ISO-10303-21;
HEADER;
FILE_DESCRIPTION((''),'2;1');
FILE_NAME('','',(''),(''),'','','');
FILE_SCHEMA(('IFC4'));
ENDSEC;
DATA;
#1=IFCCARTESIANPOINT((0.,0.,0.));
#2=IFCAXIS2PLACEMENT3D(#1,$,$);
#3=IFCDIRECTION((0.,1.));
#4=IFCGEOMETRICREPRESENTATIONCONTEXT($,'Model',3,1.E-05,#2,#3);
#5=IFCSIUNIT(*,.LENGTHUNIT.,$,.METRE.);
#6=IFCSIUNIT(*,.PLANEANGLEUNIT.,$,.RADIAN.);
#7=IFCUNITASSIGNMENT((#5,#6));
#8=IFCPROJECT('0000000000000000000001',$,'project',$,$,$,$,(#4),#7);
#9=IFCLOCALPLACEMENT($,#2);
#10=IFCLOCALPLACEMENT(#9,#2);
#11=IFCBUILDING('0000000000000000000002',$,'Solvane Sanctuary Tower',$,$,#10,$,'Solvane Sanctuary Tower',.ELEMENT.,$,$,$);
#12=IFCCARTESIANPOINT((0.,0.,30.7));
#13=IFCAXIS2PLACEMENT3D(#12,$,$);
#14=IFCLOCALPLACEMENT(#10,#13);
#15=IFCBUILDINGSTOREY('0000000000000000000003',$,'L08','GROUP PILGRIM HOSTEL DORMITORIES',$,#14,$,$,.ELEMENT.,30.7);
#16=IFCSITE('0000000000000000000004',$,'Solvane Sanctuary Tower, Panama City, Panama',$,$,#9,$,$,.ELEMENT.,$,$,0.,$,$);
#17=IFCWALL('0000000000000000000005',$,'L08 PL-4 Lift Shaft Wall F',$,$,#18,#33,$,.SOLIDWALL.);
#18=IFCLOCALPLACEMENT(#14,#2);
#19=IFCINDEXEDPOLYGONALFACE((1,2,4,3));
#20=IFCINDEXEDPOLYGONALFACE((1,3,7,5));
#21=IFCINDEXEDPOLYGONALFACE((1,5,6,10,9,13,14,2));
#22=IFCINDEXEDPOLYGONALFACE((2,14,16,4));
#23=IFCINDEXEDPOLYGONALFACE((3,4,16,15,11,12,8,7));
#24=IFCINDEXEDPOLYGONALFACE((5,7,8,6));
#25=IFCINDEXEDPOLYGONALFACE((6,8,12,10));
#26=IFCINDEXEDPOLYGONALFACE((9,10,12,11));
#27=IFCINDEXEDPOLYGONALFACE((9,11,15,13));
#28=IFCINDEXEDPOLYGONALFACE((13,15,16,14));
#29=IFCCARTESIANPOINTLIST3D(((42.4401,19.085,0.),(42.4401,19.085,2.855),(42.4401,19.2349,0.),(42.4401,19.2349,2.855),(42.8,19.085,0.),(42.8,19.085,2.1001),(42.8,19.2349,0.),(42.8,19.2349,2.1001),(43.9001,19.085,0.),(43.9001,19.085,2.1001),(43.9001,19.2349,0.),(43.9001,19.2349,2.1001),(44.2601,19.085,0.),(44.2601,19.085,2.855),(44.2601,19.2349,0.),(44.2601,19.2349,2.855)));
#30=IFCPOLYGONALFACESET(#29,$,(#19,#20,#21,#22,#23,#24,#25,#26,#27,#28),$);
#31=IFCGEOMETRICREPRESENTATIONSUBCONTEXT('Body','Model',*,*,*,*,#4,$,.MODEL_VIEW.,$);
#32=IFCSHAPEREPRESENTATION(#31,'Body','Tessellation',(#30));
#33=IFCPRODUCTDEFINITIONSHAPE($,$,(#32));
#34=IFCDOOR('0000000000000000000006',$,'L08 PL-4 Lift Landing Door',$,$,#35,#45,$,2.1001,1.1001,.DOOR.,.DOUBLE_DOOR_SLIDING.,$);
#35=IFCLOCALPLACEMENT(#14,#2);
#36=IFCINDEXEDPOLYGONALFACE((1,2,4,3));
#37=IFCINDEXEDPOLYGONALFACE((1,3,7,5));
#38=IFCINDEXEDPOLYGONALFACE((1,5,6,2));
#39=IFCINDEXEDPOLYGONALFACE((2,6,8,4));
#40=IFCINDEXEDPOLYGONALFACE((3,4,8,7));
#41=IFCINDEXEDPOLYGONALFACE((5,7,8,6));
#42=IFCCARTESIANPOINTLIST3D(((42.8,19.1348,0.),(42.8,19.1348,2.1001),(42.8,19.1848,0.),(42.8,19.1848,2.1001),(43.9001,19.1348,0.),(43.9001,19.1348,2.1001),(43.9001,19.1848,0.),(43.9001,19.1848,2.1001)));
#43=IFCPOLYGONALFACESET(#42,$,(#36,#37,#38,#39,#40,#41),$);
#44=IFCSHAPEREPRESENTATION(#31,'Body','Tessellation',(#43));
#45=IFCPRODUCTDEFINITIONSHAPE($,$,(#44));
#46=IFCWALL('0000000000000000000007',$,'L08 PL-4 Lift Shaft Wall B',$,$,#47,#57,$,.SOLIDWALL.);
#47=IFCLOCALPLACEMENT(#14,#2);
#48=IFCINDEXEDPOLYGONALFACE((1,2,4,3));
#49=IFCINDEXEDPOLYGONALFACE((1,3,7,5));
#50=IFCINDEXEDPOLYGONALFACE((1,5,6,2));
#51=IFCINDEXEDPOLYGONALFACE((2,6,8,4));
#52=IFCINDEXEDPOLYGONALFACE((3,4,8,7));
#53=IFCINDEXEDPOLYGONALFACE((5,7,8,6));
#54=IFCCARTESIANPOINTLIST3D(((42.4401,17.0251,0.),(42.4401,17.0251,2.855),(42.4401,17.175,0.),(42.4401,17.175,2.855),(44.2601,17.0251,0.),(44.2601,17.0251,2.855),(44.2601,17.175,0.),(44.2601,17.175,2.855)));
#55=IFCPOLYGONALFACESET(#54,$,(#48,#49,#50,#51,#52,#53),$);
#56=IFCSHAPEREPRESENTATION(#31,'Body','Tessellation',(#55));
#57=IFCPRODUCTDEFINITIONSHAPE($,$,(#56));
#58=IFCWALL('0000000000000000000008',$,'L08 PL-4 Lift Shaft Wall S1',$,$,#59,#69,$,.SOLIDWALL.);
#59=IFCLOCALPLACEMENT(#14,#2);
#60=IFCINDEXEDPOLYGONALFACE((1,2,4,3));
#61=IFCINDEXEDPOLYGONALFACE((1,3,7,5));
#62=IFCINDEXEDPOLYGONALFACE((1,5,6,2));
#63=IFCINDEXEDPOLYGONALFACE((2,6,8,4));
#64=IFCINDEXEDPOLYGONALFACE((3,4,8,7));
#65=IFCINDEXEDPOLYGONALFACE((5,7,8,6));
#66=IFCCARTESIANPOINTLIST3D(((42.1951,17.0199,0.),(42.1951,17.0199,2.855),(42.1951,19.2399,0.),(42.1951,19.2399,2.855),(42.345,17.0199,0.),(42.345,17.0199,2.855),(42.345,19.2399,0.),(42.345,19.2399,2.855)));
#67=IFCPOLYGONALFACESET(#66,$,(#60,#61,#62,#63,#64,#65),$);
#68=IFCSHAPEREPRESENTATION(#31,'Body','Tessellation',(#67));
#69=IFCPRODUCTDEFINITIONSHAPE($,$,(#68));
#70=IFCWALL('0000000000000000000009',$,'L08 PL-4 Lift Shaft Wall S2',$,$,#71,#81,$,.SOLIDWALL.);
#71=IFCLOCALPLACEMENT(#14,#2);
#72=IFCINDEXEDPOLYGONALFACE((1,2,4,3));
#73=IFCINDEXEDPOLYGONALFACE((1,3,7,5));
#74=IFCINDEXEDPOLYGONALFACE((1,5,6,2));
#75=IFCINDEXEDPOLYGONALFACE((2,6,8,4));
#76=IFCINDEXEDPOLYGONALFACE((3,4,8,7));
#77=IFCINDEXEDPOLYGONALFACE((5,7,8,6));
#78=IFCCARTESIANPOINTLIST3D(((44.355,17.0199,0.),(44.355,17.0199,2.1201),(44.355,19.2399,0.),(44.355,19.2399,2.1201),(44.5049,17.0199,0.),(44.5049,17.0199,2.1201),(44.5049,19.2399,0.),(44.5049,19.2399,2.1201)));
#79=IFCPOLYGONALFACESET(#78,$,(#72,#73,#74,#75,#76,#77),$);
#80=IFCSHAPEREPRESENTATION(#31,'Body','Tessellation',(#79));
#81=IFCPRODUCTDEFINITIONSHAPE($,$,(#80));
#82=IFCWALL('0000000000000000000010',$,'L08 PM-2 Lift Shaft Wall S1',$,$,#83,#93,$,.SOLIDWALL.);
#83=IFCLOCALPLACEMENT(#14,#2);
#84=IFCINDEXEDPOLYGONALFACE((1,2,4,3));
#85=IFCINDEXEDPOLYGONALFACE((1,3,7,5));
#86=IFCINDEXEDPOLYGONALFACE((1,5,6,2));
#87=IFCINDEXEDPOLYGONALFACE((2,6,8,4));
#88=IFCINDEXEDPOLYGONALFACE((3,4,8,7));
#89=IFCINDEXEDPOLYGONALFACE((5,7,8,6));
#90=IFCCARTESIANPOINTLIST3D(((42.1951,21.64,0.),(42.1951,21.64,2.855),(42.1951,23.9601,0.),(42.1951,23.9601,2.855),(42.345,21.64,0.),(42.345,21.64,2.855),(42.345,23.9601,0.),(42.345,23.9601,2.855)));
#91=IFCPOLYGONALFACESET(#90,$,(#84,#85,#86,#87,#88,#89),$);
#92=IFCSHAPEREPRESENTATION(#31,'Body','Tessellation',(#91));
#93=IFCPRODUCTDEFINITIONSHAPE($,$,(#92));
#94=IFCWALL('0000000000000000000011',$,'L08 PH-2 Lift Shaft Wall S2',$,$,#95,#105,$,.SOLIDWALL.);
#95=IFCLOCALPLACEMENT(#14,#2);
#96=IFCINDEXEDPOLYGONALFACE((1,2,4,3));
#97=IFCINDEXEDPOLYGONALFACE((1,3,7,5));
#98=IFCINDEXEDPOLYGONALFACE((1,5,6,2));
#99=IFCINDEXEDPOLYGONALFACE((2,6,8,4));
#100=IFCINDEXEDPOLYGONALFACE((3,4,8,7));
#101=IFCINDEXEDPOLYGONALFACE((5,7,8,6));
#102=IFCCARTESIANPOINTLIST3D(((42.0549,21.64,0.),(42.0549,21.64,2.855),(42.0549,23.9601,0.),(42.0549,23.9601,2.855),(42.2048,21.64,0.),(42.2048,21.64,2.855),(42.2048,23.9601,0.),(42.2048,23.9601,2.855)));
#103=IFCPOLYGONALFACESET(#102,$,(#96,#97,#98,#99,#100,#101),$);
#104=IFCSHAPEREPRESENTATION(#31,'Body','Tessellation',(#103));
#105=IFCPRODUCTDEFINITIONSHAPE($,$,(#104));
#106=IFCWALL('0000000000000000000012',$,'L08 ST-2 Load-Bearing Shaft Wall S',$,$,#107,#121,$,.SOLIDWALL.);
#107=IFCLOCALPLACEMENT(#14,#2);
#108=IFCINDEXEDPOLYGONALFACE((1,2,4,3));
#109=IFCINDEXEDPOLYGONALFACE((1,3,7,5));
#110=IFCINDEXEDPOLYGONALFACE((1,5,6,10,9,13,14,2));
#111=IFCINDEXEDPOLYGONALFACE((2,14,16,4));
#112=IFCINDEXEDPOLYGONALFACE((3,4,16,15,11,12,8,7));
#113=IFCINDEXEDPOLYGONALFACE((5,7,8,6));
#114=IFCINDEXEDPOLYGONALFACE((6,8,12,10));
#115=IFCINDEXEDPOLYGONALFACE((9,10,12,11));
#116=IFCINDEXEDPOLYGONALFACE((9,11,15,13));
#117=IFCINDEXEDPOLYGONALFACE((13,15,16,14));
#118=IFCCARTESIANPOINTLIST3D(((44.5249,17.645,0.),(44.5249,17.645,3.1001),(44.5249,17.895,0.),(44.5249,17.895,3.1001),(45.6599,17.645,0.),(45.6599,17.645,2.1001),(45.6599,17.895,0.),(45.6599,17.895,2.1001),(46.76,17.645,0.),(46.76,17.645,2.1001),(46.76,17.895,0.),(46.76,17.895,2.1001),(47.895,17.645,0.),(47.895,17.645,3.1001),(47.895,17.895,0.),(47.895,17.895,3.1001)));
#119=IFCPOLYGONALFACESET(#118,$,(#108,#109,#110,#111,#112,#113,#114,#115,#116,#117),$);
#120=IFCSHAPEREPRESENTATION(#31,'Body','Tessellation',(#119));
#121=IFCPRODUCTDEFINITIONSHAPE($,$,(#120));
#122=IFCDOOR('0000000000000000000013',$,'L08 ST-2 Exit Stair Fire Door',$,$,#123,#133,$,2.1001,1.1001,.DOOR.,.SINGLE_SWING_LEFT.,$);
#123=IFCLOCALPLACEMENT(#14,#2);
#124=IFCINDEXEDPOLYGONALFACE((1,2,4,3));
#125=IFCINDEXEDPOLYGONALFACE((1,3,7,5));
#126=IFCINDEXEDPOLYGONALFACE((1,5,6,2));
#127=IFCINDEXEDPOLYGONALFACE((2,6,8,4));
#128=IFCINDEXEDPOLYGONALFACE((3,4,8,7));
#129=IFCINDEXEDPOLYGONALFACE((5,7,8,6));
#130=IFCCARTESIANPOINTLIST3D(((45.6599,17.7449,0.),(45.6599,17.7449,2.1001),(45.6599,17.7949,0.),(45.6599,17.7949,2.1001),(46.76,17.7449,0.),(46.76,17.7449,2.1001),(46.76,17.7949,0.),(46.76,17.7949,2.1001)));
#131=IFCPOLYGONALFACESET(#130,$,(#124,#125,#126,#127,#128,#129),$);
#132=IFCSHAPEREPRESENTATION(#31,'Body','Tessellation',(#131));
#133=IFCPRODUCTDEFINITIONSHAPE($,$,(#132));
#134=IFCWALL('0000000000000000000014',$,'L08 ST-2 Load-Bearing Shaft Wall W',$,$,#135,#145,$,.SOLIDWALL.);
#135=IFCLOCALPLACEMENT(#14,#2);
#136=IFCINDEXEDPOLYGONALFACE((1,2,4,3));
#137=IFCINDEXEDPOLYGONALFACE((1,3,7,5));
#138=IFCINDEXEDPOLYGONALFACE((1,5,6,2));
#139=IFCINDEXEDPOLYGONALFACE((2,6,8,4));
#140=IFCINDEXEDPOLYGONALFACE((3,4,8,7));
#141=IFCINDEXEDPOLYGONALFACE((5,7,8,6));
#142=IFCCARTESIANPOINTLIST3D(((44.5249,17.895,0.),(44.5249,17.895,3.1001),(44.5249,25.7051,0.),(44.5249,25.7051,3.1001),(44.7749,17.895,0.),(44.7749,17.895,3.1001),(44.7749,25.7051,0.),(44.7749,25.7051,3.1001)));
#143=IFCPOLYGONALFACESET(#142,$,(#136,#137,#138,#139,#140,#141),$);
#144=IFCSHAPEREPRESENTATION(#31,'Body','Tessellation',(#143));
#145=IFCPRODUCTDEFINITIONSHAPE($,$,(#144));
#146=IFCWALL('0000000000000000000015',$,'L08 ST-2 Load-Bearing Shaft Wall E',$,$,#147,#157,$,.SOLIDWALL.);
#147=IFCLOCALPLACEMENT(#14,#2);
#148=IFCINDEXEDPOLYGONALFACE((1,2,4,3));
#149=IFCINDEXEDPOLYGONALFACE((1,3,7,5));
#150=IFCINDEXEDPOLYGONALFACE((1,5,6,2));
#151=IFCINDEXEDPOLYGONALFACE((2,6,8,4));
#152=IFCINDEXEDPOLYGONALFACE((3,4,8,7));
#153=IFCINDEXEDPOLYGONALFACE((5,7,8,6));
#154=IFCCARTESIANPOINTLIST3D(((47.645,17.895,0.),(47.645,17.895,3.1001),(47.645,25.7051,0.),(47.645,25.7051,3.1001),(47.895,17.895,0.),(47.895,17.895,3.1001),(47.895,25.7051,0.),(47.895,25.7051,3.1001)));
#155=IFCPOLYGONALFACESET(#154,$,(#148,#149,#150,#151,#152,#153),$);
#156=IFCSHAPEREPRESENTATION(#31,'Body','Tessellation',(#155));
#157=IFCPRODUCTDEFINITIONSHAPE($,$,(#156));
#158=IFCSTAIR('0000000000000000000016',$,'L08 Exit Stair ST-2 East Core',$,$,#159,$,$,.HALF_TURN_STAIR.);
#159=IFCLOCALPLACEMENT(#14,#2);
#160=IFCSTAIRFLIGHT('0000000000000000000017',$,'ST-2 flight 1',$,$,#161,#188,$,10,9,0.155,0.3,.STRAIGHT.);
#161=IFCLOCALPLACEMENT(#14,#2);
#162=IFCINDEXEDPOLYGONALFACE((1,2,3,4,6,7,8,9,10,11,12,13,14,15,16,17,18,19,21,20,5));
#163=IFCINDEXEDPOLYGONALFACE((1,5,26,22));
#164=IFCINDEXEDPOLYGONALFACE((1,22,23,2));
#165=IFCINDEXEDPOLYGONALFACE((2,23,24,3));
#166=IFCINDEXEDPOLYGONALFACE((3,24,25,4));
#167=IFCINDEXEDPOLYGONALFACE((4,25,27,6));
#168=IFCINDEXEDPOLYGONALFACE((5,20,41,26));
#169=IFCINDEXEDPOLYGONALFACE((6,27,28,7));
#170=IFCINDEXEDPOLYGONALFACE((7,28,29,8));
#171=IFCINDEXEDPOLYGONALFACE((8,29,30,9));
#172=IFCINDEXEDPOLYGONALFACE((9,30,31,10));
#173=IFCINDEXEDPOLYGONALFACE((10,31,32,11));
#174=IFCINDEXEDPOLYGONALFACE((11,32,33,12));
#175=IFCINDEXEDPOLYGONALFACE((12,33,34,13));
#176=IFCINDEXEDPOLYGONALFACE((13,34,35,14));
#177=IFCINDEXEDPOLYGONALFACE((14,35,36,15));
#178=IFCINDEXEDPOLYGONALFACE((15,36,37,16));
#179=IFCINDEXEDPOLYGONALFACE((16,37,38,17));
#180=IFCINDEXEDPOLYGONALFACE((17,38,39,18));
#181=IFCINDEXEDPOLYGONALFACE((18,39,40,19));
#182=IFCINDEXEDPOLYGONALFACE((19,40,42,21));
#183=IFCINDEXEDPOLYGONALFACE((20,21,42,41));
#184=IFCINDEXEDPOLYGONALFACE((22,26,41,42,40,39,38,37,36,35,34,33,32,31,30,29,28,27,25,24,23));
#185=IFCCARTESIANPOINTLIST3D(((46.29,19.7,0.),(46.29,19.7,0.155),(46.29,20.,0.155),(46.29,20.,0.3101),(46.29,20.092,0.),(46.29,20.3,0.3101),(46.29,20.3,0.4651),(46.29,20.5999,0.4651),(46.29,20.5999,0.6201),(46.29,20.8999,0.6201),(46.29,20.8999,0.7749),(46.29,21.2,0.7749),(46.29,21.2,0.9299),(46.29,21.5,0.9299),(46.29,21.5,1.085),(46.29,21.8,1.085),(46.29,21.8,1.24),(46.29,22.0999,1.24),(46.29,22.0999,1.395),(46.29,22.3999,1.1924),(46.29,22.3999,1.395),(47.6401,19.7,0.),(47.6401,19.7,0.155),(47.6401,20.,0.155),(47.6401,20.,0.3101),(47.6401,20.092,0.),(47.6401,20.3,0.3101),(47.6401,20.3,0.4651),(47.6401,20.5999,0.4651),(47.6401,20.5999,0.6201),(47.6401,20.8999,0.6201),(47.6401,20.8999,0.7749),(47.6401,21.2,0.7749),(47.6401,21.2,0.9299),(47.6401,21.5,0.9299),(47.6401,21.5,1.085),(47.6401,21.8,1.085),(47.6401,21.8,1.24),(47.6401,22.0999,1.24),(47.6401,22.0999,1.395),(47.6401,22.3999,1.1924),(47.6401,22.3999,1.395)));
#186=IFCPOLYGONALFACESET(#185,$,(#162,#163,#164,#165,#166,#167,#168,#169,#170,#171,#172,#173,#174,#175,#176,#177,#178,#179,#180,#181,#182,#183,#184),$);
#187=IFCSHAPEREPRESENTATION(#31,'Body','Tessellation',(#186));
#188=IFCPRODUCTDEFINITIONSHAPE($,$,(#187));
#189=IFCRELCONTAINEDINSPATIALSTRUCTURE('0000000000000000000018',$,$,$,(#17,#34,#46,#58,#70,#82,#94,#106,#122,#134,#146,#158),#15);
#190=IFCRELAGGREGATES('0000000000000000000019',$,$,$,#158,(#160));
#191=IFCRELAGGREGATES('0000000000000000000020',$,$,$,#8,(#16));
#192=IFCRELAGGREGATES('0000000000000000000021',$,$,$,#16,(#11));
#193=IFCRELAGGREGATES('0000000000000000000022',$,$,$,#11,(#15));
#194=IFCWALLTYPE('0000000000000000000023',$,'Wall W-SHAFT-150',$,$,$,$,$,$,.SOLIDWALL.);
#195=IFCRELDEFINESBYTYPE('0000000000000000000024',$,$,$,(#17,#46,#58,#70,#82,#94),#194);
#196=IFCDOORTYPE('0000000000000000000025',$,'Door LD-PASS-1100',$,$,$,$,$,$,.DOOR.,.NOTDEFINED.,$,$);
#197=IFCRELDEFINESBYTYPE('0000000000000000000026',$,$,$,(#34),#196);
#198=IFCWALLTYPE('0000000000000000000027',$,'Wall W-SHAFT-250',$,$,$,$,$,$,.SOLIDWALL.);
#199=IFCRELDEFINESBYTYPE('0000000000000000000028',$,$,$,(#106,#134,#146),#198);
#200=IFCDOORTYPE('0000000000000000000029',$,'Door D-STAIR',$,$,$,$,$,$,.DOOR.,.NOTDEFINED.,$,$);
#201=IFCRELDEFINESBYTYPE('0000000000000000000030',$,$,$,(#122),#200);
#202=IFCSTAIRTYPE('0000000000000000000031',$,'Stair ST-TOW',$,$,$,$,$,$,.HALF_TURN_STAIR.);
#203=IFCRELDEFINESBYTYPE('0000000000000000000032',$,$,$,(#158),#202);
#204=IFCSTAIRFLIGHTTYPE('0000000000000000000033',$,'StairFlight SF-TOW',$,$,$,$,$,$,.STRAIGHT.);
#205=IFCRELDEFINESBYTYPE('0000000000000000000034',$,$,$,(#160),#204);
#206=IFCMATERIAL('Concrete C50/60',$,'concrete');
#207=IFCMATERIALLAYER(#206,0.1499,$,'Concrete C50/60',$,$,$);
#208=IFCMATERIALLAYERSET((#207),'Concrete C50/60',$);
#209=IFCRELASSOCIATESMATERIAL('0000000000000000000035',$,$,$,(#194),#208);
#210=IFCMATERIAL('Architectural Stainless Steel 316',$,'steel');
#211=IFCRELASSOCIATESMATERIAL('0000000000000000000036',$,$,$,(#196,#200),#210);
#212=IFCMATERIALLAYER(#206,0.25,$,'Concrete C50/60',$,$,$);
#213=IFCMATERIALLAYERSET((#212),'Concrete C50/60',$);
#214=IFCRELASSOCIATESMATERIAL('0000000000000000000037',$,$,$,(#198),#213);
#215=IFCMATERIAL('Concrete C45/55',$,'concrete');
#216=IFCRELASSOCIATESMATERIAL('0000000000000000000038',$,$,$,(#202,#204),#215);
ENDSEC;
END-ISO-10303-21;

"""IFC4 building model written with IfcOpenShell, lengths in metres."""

from ifc_helpers import new_model, si_unit, direction, frame, frame_2d, origin, place, context, subcontext, project, spatial, polyline, rectangle, outline, extrude, material, layer, layer_set, type_object, element, fill, aggregate, save


model = new_model("IFC4")

# Units and contexts
model_context = context("Model", 3, precision=1e-05, world=origin(), true_north=direction((0.0, 1.0)))
body_context = subcontext(model_context, "Body", "Model", "MODEL_VIEW")
ifc_project = project(units=[si_unit("LENGTHUNIT", "METRE"), si_unit("PLANEANGLEUNIT", "RADIAN")], contexts=[model_context])

# Site, building, storey
site_placement = place(None, origin())
site = spatial("IfcSite", under=ifc_project, at=site_placement, Name="Solvane Sanctuary Tower, Panama City, Panama", CompositionType="ELEMENT", RefElevation=0.0)
building_placement = place(site_placement, origin())
building = spatial("IfcBuilding", under=site, at=building_placement, Name="Solvane Sanctuary Tower", LongName="Solvane Sanctuary Tower", CompositionType="ELEMENT")
storey_placement = place(building_placement, frame((0.0, 0.0, 30.7)))
storey = spatial("IfcBuildingStorey", under=building, at=storey_placement, Name="L08", Description="GROUP PILGRIM HOSTEL DORMITORIES", CompositionType="ELEMENT", Elevation=30.7)

# Shared definitions
ifc_material_1 = material(Name="Concrete C50/60", Category="concrete")
ifc_layer_1 = layer(ifc_material_1, 0.1499, Name="Concrete C50/60")
ifc_layer_set_1 = layer_set([ifc_layer_1], Name="Concrete C50/60")
wall_type_1 = type_object("IfcWallType", Name="Wall W-SHAFT-150", PredefinedType="SOLIDWALL", material=ifc_layer_set_1)
ifc_material_2 = material(Name="Architectural Stainless Steel 316", Category="steel")
door_type_1 = type_object("IfcDoorType", Name="Door LD-PASS-1100", OperationType="NOTDEFINED", PredefinedType="DOOR", material=ifc_material_2)

# Wall, opening, door
wall_1_placement = place(storey_placement, frame((42.4399, 19.1599, 0.0), z_axis=(0.0, 0.0, 1.0), x_axis=(1.0, 0.0, 0.0)))
wall_1 = element("IfcWall", 1, at=wall_1_placement, inside=storey, type_object=wall_type_1, Name="L08 PL-4 Lift Shaft Wall F", PredefinedType="SOLIDWALL", context=body_context, shape_type="SweptSolid", body=[
    extrude(rectangle(XDim=1.8201, YDim=0.1499, at=frame_2d((0.9102, 0.0))), origin(), (0.0, 0.0, 1.0), 2.855),
])
opening_1_placement = place(wall_1_placement, frame((0.3601, 0.0, 0.0)))
opening_1 = element("IfcOpeningElement", 2, at=opening_1_placement, cuts=wall_1, PredefinedType="OPENING", context=body_context, shape_type="SweptSolid", body=[
    extrude(rectangle(XDim=1.1001, YDim=2.1001, at=frame_2d((0.55, 1.05))), frame((0.0, 0.085, 0.0), z_axis=(0.0, -1.0, 0.0), x_axis=(1.0, 0.0, 0.0)), (0.0, 0.0, 1.0), 0.1699),
])
door_1_placement = place(opening_1_placement, origin())
door_1 = element("IfcDoor", 3, at=door_1_placement, inside=storey, type_object=door_type_1, Name="L08 PL-4 Lift Landing Door", OperationType="DOUBLE_DOOR_SLIDING", OverallHeight=2.1001, OverallWidth=1.1001, PredefinedType="DOOR", context=body_context, shape_type="SweptSolid", body=[
    extrude(rectangle(XDim=1.1001, YDim=2.1001, at=frame_2d((0.55, 1.05))), frame((0.0, 0.0249, 0.0), z_axis=(0.0, -1.0, 0.0), x_axis=(1.0, 0.0, 0.0)), (0.0, 0.0, 1.0), 0.05),
])
fill(opening_1, door_1)

# Walls
wall_2_placement = place(storey_placement, frame((42.4399, 17.1001, 0.0), z_axis=(0.0, 0.0, 1.0), x_axis=(1.0, 0.0, 0.0)))
element("IfcWall", 4, at=wall_2_placement, inside=storey, type_object=wall_type_1, Name="L08 PL-4 Lift Shaft Wall B", PredefinedType="SOLIDWALL", context=body_context, shape_type="SweptSolid", body=[
    extrude(rectangle(XDim=1.8201, YDim=0.1499, at=frame_2d((0.9102, 0.0))), origin(), (0.0, 0.0, 1.0), 2.855),
])
wall_3_placement = place(storey_placement, frame((42.27, 17.02, 0.0), z_axis=(0.0, 0.0, 1.0), x_axis=(0.0, 1.0, 0.0)))
element("IfcWall", 5, at=wall_3_placement, inside=storey, type_object=wall_type_1, Name="L08 PL-4 Lift Shaft Wall S1", PredefinedType="SOLIDWALL", context=body_context, shape_type="SweptSolid", body=[
    extrude(rectangle(XDim=2.22, YDim=0.1499, at=frame_2d((1.1099, 0.0))), origin(), (0.0, 0.0, 1.0), 2.855),
])
wall_4_placement = place(storey_placement, frame((44.4299, 17.02, 0.0), z_axis=(0.0, 0.0, 1.0), x_axis=(0.0, 1.0, 0.0)))
element("IfcWall", 6, at=wall_4_placement, inside=storey, type_object=wall_type_1, Name="L08 PL-4 Lift Shaft Wall S2", PredefinedType="SOLIDWALL", context=body_context, shape_type="SweptSolid", body=[
    extrude(rectangle(XDim=2.22, YDim=0.1499, at=frame_2d((1.1099, 0.0))), origin(), (0.0, 0.0, 1.0), 2.1201),
])
for number, where, z_axis, x_axis, name in (
    (7, (42.27, 21.6399, 0.0), (0.0, 0.0, 1.0), (0.0, 1.0, 0.0), "L08 PM-2 Lift Shaft Wall S1"),
    (8, (42.1299, 21.6399, 0.0), (0.0, 0.0, 1.0), (0.0, 1.0, 0.0), "L08 PH-2 Lift Shaft Wall S2"),
):
    element("IfcWall", number, at=place(storey_placement, frame(where, z_axis=z_axis, x_axis=x_axis)), inside=storey, type_object=wall_type_1, Name=name, PredefinedType="SOLIDWALL", context=body_context, shape_type="SweptSolid", body=[
        extrude(rectangle(XDim=2.3201, YDim=0.1499, at=frame_2d((1.1602, 0.0))), origin(), (0.0, 0.0, 1.0), 2.855),
    ])

# Wall, opening, door
ifc_layer_2 = layer(ifc_material_1, 0.25, Name="Concrete C50/60")
ifc_layer_set_2 = layer_set([ifc_layer_2], Name="Concrete C50/60")
wall_type_2 = type_object("IfcWallType", Name="Wall W-SHAFT-250", PredefinedType="SOLIDWALL", material=ifc_layer_set_2)
wall_5_placement = place(storey_placement, frame((44.5249, 17.77, 0.0), z_axis=(0.0, 0.0, 1.0), x_axis=(1.0, 0.0, 0.0)))
wall_5 = element("IfcWall", 9, at=wall_5_placement, inside=storey, type_object=wall_type_2, Name="L08 ST-2 Load-Bearing Shaft Wall S", PredefinedType="SOLIDWALL", context=body_context, shape_type="SweptSolid", body=[
    extrude(rectangle(XDim=3.3701, YDim=0.25, at=frame_2d((1.6851, 0.0))), origin(), (0.0, 0.0, 1.0), 3.1001),
])
opening_2_placement = place(wall_5_placement, frame((1.135, 0.0, 0.0)))
opening_2 = element("IfcOpeningElement", 10, at=opening_2_placement, cuts=wall_5, PredefinedType="OPENING", context=body_context, shape_type="SweptSolid", body=[
    extrude(rectangle(XDim=1.1001, YDim=2.1001, at=frame_2d((0.55, 1.05))), frame((0.0, 0.135, 0.0), z_axis=(0.0, -1.0, 0.0), x_axis=(1.0, 0.0, 0.0)), (0.0, 0.0, 1.0), 0.27),
])
door_type_2 = type_object("IfcDoorType", Name="Door D-STAIR", OperationType="NOTDEFINED", PredefinedType="DOOR", material=ifc_material_2)
door_2_placement = place(opening_2_placement, origin())
door_2 = element("IfcDoor", 11, at=door_2_placement, inside=storey, type_object=door_type_2, Name="L08 ST-2 Exit Stair Fire Door", OperationType="SINGLE_SWING_LEFT", OverallHeight=2.1001, OverallWidth=1.1001, PredefinedType="DOOR", context=body_context, shape_type="SweptSolid", body=[
    extrude(rectangle(XDim=1.1001, YDim=2.1001, at=frame_2d((0.55, 1.05))), frame((0.0, 0.0249, 0.0), z_axis=(0.0, -1.0, 0.0), x_axis=(1.0, 0.0, 0.0)), (0.0, 0.0, 1.0), 0.05),
])
fill(opening_2, door_2)

# Walls
for number, where, z_axis, x_axis, name in (
    (12, (44.6499, 17.895, 0.0), (0.0, 0.0, 1.0), (0.0, 1.0, 0.0), "L08 ST-2 Load-Bearing Shaft Wall W"),
    (13, (47.77, 17.895, 0.0), (0.0, 0.0, 1.0), (0.0, 1.0, 0.0), "L08 ST-2 Load-Bearing Shaft Wall E"),
):
    element("IfcWall", number, at=place(storey_placement, frame(where, z_axis=z_axis, x_axis=x_axis)), inside=storey, type_object=wall_type_2, Name=name, PredefinedType="SOLIDWALL", context=body_context, shape_type="SweptSolid", body=[
        extrude(rectangle(XDim=7.8101, YDim=0.25, at=frame_2d((3.905, 0.0))), origin(), (0.0, 0.0, 1.0), 3.1001),
    ])

# Stair, stair flight
ifc_material_3 = material(Name="Concrete C45/55", Category="concrete")
stair_type = type_object("IfcStairType", Name="Stair ST-TOW", PredefinedType="HALF_TURN_STAIR", material=ifc_material_3)
stair_placement = place(storey_placement, origin())
stair = element("IfcStair", 14, at=stair_placement, inside=storey, type_object=stair_type, Name="L08 Exit Stair ST-2 East Core", PredefinedType="HALF_TURN_STAIR")
stair_flight_type = type_object("IfcStairFlightType", Name="StairFlight SF-TOW", PredefinedType="STRAIGHT", material=ifc_material_3)
stair_flight_placement = place(storey_placement, frame((46.9651, 19.7, 0.0), z_axis=(0.0, 0.0, 1.0), x_axis=(0.0, 1.0, 0.0)))
stair_flight = element("IfcStairFlight", 15, at=stair_flight_placement, type_object=stair_flight_type, Name="ST-2 flight 1", NumberOfRisers=10, NumberOfTreads=9, PredefinedType="STRAIGHT", RiserHeight=0.155, TreadLength=0.3, context=body_context, shape_type="SweptSolid", body=[
    extrude(outline(polyline([(0.0, 0.0), (0.0, 0.155), (0.3, 0.155), (0.3, 0.3101), (0.6001, 0.3101), (0.6001, 0.4651), (0.8999, 0.4651), (0.8999, 0.6201), (1.2, 0.6201), (1.2, 0.7749), (1.5, 0.7749), (1.5, 0.9299), (1.8, 0.9299), (1.8, 1.085), (2.1001, 1.085), (2.1001, 1.24), (2.3999, 1.24), (2.3999, 1.395), (2.7, 1.395), (2.7, 1.55), (2.7, 1.1924), (0.3921, 0.0), (0.0, 0.0)])), frame((0.0, 0.675, 0.0), z_axis=(0.0, -1.0, 0.0), x_axis=(1.0, 0.0, 0.0)), (0.0, 0.0, 1.0), 1.3501),
])
aggregate(stair, [stair_flight])

save(model, "model.ifc")
